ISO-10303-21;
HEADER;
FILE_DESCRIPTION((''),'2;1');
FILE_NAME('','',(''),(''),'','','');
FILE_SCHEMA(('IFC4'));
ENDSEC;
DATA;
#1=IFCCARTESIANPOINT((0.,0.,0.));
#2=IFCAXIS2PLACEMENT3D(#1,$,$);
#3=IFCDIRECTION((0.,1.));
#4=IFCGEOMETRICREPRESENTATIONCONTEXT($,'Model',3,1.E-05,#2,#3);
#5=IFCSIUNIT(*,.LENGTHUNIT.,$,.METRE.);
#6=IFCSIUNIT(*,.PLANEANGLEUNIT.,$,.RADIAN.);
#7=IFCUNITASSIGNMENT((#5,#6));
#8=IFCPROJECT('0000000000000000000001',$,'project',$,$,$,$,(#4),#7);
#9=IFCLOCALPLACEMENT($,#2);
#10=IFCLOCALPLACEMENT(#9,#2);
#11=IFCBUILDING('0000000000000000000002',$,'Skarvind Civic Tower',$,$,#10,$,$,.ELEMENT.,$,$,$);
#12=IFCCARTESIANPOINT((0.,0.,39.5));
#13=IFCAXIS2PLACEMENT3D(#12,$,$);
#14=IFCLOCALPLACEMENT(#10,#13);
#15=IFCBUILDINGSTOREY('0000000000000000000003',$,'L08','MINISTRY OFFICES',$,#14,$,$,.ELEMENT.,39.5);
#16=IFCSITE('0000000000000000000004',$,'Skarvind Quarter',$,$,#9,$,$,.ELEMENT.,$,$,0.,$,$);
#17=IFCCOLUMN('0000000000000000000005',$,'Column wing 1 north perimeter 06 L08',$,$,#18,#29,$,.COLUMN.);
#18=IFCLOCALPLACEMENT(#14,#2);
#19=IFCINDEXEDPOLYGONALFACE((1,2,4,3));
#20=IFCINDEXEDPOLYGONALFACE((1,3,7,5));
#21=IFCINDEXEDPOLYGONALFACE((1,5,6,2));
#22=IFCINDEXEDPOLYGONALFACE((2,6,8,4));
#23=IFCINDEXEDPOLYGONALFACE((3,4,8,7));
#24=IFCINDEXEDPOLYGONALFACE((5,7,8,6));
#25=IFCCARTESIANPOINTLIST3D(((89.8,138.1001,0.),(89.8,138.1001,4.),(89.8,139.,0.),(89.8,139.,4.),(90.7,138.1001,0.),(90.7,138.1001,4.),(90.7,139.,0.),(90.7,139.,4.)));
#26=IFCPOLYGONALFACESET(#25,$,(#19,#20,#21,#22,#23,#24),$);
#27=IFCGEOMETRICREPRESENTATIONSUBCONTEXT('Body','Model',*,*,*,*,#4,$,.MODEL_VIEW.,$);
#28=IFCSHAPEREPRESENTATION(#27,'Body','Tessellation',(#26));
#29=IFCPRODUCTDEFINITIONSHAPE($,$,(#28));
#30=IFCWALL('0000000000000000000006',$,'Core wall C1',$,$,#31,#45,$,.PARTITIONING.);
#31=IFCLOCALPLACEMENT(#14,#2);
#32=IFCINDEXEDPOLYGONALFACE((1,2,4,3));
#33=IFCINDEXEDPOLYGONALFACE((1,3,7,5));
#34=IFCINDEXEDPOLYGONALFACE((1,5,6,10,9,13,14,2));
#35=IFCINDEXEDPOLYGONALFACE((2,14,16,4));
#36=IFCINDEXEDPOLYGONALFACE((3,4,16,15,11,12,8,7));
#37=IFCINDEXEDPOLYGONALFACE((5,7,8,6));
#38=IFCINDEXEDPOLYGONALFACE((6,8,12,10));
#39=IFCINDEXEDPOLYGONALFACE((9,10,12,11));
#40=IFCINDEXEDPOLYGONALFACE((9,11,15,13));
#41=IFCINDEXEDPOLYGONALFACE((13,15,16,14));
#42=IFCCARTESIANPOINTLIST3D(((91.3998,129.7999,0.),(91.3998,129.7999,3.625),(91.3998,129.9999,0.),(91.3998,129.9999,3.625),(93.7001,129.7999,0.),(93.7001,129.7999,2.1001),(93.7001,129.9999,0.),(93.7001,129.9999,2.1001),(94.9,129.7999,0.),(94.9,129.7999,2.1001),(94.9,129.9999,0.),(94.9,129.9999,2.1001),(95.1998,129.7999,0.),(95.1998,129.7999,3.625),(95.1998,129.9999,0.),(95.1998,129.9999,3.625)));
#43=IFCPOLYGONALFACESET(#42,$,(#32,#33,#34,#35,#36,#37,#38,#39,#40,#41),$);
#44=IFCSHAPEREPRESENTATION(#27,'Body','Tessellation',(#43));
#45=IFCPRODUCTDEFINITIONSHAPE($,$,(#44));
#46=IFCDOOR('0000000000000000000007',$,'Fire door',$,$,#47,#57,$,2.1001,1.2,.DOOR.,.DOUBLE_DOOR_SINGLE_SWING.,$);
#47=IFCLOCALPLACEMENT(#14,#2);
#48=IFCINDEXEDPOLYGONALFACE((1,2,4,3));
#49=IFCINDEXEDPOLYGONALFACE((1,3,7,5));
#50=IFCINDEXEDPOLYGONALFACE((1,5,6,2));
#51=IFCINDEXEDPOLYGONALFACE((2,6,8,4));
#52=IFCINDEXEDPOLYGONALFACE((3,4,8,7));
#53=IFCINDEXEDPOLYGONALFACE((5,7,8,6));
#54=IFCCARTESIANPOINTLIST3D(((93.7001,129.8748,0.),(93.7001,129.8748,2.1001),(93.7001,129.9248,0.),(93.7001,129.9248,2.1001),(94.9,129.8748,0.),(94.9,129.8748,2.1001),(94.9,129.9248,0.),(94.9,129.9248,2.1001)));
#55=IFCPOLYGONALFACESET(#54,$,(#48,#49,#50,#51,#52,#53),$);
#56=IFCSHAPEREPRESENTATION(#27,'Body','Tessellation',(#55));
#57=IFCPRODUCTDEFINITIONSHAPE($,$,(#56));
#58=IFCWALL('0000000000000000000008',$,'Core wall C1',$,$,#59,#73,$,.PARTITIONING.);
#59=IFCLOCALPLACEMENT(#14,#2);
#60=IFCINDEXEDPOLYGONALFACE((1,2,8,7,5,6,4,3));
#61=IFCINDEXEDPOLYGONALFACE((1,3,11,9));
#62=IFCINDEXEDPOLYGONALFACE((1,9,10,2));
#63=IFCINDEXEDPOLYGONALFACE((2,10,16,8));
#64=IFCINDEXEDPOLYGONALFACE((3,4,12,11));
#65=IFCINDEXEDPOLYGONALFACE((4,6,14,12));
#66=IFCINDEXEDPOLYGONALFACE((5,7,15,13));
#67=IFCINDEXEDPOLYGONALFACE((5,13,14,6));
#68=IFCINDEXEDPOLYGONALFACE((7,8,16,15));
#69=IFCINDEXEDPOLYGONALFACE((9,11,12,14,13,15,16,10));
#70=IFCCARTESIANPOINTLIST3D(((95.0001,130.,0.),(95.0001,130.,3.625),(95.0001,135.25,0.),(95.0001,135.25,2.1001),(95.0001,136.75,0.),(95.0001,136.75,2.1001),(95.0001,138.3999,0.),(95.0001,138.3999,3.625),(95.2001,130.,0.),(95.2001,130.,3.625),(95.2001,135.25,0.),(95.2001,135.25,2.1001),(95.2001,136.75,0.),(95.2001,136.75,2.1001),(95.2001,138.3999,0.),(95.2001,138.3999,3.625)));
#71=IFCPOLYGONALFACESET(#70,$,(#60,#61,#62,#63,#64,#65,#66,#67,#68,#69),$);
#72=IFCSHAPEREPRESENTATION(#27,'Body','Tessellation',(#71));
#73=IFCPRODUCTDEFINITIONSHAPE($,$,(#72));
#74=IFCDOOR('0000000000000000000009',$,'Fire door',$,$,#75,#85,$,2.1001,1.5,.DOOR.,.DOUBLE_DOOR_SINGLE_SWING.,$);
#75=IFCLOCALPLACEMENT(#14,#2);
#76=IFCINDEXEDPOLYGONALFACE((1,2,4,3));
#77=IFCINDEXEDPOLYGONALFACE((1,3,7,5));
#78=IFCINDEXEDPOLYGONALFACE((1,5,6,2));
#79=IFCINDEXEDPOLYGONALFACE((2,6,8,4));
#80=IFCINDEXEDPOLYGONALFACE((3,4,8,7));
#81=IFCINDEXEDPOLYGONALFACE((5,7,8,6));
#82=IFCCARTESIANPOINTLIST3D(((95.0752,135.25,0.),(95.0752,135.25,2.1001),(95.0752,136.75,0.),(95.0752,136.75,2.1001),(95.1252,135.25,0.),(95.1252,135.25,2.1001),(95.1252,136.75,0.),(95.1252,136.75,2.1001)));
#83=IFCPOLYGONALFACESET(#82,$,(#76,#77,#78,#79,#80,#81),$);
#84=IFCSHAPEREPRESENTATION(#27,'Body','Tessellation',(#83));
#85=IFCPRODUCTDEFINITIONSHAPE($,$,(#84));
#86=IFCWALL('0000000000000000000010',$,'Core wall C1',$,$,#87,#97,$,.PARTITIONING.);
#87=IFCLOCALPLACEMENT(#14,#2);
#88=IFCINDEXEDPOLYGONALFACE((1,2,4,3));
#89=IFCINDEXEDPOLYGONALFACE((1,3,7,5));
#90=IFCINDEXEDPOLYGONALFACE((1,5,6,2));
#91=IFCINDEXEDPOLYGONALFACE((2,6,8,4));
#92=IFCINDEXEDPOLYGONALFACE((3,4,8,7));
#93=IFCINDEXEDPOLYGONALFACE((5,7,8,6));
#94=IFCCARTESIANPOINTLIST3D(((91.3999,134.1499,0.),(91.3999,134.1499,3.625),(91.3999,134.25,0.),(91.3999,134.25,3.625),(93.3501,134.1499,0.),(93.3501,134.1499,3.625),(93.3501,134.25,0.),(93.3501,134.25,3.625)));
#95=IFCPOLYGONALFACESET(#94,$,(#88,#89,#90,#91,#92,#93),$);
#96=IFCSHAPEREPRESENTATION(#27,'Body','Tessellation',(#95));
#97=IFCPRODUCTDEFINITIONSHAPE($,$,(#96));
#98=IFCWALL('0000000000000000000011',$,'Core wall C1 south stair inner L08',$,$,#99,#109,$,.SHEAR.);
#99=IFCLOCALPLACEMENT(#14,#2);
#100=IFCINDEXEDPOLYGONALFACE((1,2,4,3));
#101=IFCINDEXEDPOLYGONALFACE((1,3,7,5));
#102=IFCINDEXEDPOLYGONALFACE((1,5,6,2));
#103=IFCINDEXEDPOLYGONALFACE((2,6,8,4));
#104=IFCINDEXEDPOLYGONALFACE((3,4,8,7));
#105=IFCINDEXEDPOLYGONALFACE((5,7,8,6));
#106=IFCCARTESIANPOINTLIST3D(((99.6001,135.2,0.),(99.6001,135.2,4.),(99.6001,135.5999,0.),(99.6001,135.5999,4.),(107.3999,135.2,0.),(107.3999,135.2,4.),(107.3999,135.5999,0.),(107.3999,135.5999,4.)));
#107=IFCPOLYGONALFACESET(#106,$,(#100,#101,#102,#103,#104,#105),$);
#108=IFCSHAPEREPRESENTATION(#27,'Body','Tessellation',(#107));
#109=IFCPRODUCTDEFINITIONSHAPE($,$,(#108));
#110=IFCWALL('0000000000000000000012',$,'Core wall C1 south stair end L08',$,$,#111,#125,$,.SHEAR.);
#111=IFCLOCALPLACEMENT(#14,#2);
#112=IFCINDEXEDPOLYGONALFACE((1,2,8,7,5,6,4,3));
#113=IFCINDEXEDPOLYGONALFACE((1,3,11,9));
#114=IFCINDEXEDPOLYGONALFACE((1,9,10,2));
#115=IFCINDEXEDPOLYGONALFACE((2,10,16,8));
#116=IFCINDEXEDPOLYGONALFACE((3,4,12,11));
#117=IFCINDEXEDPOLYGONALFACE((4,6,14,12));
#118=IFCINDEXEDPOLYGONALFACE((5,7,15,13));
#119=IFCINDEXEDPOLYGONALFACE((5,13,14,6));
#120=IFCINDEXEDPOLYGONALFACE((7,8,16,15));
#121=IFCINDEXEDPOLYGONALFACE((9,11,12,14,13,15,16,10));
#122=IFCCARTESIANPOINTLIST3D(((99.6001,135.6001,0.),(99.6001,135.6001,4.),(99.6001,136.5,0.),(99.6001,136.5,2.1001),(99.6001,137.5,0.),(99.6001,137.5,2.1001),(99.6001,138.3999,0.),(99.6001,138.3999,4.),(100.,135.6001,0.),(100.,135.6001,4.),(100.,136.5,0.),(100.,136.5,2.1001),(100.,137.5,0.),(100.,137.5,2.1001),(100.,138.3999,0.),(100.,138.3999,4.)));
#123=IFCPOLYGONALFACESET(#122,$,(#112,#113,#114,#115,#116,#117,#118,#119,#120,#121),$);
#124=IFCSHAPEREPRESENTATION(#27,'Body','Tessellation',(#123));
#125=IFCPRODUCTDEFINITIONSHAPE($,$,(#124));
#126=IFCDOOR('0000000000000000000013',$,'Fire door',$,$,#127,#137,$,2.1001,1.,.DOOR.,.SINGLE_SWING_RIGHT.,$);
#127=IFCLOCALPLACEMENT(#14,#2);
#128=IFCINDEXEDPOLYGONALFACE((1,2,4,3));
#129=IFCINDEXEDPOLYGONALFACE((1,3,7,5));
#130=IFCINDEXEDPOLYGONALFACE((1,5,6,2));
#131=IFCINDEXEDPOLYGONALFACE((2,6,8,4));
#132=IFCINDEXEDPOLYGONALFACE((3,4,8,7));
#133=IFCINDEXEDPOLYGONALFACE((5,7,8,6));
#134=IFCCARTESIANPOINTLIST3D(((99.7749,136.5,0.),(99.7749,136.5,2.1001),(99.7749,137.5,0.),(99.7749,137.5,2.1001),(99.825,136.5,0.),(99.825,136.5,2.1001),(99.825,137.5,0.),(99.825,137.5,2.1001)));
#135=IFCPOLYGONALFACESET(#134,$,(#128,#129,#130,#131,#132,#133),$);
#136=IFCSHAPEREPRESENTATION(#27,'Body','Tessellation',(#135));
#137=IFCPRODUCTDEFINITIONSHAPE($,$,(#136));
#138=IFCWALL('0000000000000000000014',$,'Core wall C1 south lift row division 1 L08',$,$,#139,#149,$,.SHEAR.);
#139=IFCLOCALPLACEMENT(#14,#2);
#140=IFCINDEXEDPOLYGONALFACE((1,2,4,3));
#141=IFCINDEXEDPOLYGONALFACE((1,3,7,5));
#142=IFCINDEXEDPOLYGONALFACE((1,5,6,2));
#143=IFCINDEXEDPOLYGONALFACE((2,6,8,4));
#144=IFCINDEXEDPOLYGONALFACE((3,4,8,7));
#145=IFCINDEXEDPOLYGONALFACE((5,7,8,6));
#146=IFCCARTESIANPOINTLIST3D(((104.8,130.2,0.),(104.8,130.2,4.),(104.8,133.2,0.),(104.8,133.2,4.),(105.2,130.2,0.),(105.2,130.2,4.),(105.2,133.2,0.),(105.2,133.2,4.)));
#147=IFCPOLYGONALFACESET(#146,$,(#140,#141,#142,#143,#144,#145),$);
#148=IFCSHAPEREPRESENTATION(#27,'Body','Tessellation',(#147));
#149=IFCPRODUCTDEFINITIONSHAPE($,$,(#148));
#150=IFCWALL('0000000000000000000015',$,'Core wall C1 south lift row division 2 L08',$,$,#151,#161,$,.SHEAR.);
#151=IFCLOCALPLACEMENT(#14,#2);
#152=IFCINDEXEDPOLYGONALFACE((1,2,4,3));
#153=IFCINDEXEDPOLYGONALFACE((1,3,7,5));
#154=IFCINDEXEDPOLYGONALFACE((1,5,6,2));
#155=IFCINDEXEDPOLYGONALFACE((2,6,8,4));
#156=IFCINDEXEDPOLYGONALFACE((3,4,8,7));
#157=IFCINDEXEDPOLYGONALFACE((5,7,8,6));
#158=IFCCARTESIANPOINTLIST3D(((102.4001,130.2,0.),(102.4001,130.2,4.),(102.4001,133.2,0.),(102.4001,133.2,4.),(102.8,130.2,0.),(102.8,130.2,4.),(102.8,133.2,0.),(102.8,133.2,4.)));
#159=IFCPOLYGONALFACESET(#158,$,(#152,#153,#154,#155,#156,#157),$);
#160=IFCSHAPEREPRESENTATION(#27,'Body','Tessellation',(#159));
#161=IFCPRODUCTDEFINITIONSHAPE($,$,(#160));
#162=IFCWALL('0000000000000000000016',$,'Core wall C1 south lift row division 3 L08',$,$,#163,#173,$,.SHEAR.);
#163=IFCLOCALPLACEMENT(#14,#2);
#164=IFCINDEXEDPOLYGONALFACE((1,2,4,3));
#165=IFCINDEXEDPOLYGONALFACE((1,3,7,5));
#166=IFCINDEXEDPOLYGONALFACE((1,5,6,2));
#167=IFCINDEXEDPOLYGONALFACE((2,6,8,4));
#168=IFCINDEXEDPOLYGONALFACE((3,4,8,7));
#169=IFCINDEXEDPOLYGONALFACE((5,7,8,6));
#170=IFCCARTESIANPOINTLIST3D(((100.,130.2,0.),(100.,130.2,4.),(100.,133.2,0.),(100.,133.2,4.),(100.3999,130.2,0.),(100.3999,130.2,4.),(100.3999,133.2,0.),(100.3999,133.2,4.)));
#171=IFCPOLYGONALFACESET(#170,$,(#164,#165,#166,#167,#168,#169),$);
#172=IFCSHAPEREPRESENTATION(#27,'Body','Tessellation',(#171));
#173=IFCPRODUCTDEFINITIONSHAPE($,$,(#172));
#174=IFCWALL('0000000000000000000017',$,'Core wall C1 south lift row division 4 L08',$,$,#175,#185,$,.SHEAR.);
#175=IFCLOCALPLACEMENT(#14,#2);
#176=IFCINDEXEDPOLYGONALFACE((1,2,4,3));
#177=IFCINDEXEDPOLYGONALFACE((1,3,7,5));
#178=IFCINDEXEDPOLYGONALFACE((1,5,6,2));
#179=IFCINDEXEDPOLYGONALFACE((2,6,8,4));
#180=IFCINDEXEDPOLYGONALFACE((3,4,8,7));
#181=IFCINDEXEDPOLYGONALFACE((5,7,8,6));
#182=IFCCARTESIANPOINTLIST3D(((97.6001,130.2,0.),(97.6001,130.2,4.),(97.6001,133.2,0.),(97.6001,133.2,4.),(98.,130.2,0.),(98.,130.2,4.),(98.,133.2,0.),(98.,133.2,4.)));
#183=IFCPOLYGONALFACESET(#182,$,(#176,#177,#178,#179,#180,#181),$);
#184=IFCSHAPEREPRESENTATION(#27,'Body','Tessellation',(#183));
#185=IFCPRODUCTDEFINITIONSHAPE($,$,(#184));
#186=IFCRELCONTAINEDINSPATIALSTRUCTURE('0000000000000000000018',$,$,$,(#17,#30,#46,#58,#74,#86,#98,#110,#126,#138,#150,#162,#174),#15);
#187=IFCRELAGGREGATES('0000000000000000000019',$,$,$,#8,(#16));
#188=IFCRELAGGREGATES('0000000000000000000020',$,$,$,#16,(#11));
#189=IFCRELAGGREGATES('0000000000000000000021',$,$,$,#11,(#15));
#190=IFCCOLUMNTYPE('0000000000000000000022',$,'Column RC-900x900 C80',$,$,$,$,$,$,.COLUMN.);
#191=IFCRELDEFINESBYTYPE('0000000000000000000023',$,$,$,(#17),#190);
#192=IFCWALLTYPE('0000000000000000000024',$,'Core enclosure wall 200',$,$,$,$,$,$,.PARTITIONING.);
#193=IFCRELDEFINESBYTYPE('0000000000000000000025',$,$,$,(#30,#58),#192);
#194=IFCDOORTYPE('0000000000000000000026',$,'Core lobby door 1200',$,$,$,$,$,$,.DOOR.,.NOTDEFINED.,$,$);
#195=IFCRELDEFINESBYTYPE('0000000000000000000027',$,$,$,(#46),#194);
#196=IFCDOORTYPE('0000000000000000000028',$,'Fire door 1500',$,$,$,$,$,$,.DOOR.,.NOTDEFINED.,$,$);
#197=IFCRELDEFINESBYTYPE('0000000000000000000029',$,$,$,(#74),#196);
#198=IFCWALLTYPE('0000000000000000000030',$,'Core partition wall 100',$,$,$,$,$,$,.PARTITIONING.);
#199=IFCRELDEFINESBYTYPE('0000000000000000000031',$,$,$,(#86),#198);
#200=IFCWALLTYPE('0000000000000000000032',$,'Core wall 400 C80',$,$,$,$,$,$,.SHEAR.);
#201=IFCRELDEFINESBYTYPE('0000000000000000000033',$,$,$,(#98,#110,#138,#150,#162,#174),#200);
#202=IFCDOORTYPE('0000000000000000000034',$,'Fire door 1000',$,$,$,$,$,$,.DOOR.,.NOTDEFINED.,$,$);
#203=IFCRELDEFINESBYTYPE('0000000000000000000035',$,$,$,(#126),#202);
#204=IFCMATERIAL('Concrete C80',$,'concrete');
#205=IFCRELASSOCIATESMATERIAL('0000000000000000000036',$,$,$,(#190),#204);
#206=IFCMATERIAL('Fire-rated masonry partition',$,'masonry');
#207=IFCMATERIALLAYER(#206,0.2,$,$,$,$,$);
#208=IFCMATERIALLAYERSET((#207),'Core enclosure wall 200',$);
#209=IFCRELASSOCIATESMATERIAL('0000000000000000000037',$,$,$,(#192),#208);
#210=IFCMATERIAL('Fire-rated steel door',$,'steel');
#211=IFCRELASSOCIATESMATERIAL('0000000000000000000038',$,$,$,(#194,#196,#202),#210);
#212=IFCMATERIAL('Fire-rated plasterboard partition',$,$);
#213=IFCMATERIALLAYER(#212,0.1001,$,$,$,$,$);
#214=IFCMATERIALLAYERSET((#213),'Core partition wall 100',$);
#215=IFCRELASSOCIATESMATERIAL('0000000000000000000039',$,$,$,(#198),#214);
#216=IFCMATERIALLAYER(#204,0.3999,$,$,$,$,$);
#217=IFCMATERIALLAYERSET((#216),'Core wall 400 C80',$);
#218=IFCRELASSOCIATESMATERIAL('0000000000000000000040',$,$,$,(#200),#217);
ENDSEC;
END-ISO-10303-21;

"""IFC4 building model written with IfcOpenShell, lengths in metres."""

from ifc_helpers import new_model, si_unit, direction, frame, frame_2d, origin, origin_2d, place, context, subcontext, project, spatial, rectangle, extrude, material, layer, layer_set, material_profile, profile_set, type_object, element, fill, save


model = new_model("IFC4")

# Units and contexts
model_context = context("Model", 3, precision=1e-05, world=origin(), true_north=direction((0.0, 1.0)))
body_context = subcontext(model_context, "Body", "Model", "MODEL_VIEW")
ifc_project = project(units=[si_unit("LENGTHUNIT", "METRE"), si_unit("PLANEANGLEUNIT", "RADIAN")], contexts=[model_context])

# Site, building, storey
site_placement = place(None, origin())
site = spatial("IfcSite", under=ifc_project, at=site_placement, Name="Skarvind Quarter", CompositionType="ELEMENT", RefElevation=0.0)
building_placement = place(site_placement, origin())
building = spatial("IfcBuilding", under=site, at=building_placement, Name="Skarvind Civic Tower", CompositionType="ELEMENT")
storey_placement = place(building_placement, frame((0.0, 0.0, 39.5)))
storey = spatial("IfcBuildingStorey", under=building, at=storey_placement, Name="L08", Description="MINISTRY OFFICES", CompositionType="ELEMENT", Elevation=39.5)

# Column
ifc_material_1 = material(Name="Concrete C80", Category="concrete")
ifc_material_profile = material_profile(ifc_material_1, rectangle(XDim=0.8999, YDim=0.8999, at=origin_2d()), Name="RC-900x900")
ifc_profile_set = profile_set([ifc_material_profile], Name="Concrete C80")
column_type = type_object("IfcColumnType", Name="Column RC-900x900 C80", PredefinedType="COLUMN", material=ifc_profile_set)
column_placement = place(storey_placement, frame((90.25, 138.55, 0.0), z_axis=(0.0, 0.0, 1.0), x_axis=(1.0, 0.0, 0.0)))
element("IfcColumn", 1, at=column_placement, inside=storey, type_object=column_type, Name="Column wing 1 north perimeter 06 L08", PredefinedType="COLUMN", context=body_context, shape_type="SweptSolid", body=[
    extrude(rectangle(XDim=0.8999, YDim=0.8999, at=origin_2d()), origin(), (0.0, 0.0, 1.0), 4.0),
])

# Walls, openings, doors
ifc_material_2 = material(Name="Fire-rated masonry partition", Category="masonry")
ifc_layer_1 = layer(ifc_material_2, 0.2)
ifc_layer_set_1 = layer_set([ifc_layer_1], Name="Core enclosure wall 200")
wall_type_1 = type_object("IfcWallType", Name="Core enclosure wall 200", PredefinedType="PARTITIONING", material=ifc_layer_set_1)
wall_1_placement = place(storey_placement, frame((91.3999, 129.8999, 0.0), z_axis=(0.0, 0.0, 1.0), x_axis=(1.0, 0.0, 0.0)))
wall_1 = element("IfcWall", 2, at=wall_1_placement, inside=storey, type_object=wall_type_1, Name="Core wall C1", PredefinedType="PARTITIONING", context=body_context, shape_type="SweptSolid", body=[
    extrude(rectangle(XDim=3.8, YDim=0.2, at=frame_2d((1.8999, 0.0))), origin(), (0.0, 0.0, 1.0), 3.625),
])
opening_1_placement = place(wall_1_placement, frame((2.3, 0.0, 0.0)))
opening_1 = element("IfcOpeningElement", 3, at=opening_1_placement, cuts=wall_1, PredefinedType="OPENING", context=body_context, shape_type="SweptSolid", body=[
    extrude(rectangle(XDim=1.2, YDim=2.1001, at=frame_2d((0.6001, 1.05))), frame((0.0, 0.1099, 0.0), z_axis=(0.0, -1.0, 0.0), x_axis=(1.0, 0.0, 0.0)), (0.0, 0.0, 1.0), 0.22),
])
ifc_material_3 = material(Name="Fire-rated steel door", Category="steel")
door_type_1 = type_object("IfcDoorType", Name="Core lobby door 1200", OperationType="NOTDEFINED", PredefinedType="DOOR", material=ifc_material_3)
door_1_placement = place(opening_1_placement, origin())
door_1 = element("IfcDoor", 4, at=door_1_placement, inside=storey, type_object=door_type_1, Name="Fire door", OperationType="DOUBLE_DOOR_SINGLE_SWING", OverallHeight=2.1001, OverallWidth=1.2, PredefinedType="DOOR", context=body_context, shape_type="SweptSolid", body=[
    extrude(rectangle(XDim=1.2, YDim=2.1001, at=frame_2d((0.6001, 1.05))), frame((0.0, 0.0249, 0.0), z_axis=(0.0, -1.0, 0.0), x_axis=(1.0, 0.0, 0.0)), (0.0, 0.0, 1.0), 0.05),
])
fill(opening_1, door_1)
wall_2_placement = place(storey_placement, frame((95.1001, 130.0, 0.0), z_axis=(0.0, 0.0, 1.0), x_axis=(0.0, 1.0, 0.0)))
wall_2 = element("IfcWall", 5, at=wall_2_placement, inside=storey, type_object=wall_type_1, Name="Core wall C1", PredefinedType="PARTITIONING", context=body_context, shape_type="SweptSolid", body=[
    extrude(rectangle(XDim=8.3999, YDim=0.2, at=frame_2d((4.2, 0.0))), origin(), (0.0, 0.0, 1.0), 3.625),
])
opening_2_placement = place(wall_2_placement, frame((5.25, 0.0, 0.0)))
opening_2 = element("IfcOpeningElement", 6, at=opening_2_placement, cuts=wall_2, PredefinedType="OPENING", context=body_context, shape_type="SweptSolid", body=[
    extrude(rectangle(XDim=1.5, YDim=2.1001, at=frame_2d((0.75, 1.05))), frame((0.0, 0.1099, 0.0), z_axis=(0.0, -1.0, 0.0), x_axis=(1.0, 0.0, 0.0)), (0.0, 0.0, 1.0), 0.22),
])
door_type_2 = type_object("IfcDoorType", Name="Fire door 1500", OperationType="NOTDEFINED", PredefinedType="DOOR", material=ifc_material_3)
door_2_placement = place(opening_2_placement, origin())
door_2 = element("IfcDoor", 7, at=door_2_placement, inside=storey, type_object=door_type_2, Name="Fire door", OperationType="DOUBLE_DOOR_SINGLE_SWING", OverallHeight=2.1001, OverallWidth=1.5, PredefinedType="DOOR", context=body_context, shape_type="SweptSolid", body=[
    extrude(rectangle(XDim=1.5, YDim=2.1001, at=frame_2d((0.75, 1.05))), frame((0.0, 0.0249, 0.0), z_axis=(0.0, -1.0, 0.0), x_axis=(1.0, 0.0, 0.0)), (0.0, 0.0, 1.0), 0.05),
])
fill(opening_2, door_2)

# Walls
ifc_material_4 = material(Name="Fire-rated plasterboard partition")
ifc_layer_2 = layer(ifc_material_4, 0.1001)
ifc_layer_set_2 = layer_set([ifc_layer_2], Name="Core partition wall 100")
wall_type_2 = type_object("IfcWallType", Name="Core partition wall 100", PredefinedType="PARTITIONING", material=ifc_layer_set_2)
wall_3_placement = place(storey_placement, frame((91.3999, 134.2, 0.0), z_axis=(0.0, 0.0, 1.0), x_axis=(1.0, 0.0, 0.0)))
element("IfcWall", 8, at=wall_3_placement, inside=storey, type_object=wall_type_2, Name="Core wall C1", PredefinedType="PARTITIONING", context=body_context, shape_type="SweptSolid", body=[
    extrude(rectangle(XDim=1.9502, YDim=0.1001, at=frame_2d((0.9751, 0.0))), origin(), (0.0, 0.0, 1.0), 3.625),
])
ifc_layer_3 = layer(ifc_material_1, 0.3999)
ifc_layer_set_3 = layer_set([ifc_layer_3], Name="Core wall 400 C80")
wall_type_3 = type_object("IfcWallType", Name="Core wall 400 C80", PredefinedType="SHEAR", material=ifc_layer_set_3)
wall_4_placement = place(storey_placement, frame((107.3999, 135.3999, 0.0), z_axis=(0.0, 0.0, 1.0), x_axis=(-1.0, 0.0, 0.0)))
element("IfcWall", 9, at=wall_4_placement, inside=storey, type_object=wall_type_3, Name="Core wall C1 south stair inner L08", PredefinedType="SHEAR", context=body_context, shape_type="SweptSolid", body=[
    extrude(rectangle(XDim=7.7998, YDim=0.3999, at=frame_2d((3.8999, 0.0))), origin(), (0.0, 0.0, 1.0), 4.0),
])

# Wall, opening, door
wall_5_placement = place(storey_placement, frame((99.8, 138.3999, 0.0), z_axis=(0.0, 0.0, 1.0), x_axis=(0.0, -1.0, 0.0)))
wall_5 = element("IfcWall", 10, at=wall_5_placement, inside=storey, type_object=wall_type_3, Name="Core wall C1 south stair end L08", PredefinedType="SHEAR", context=body_context, shape_type="SweptSolid", body=[
    extrude(rectangle(XDim=2.7998, YDim=0.3999, at=frame_2d((1.3999, 0.0))), origin(), (0.0, 0.0, 1.0), 4.0),
])
opening_3_placement = place(wall_5_placement, frame((0.8999, 0.0, 0.0)))
opening_3 = element("IfcOpeningElement", 11, at=opening_3_placement, cuts=wall_5, PredefinedType="OPENING", context=body_context, shape_type="SweptSolid", body=[
    extrude(rectangle(XDim=1.0, YDim=2.1001, at=frame_2d((0.5, 1.05))), frame((0.0, 0.21, 0.0), z_axis=(0.0, -1.0, 0.0), x_axis=(1.0, 0.0, 0.0)), (0.0, 0.0, 1.0), 0.4199),
])
door_type_3 = type_object("IfcDoorType", Name="Fire door 1000", OperationType="NOTDEFINED", PredefinedType="DOOR", material=ifc_material_3)
door_3_placement = place(opening_3_placement, origin())
door_3 = element("IfcDoor", 12, at=door_3_placement, inside=storey, type_object=door_type_3, Name="Fire door", OperationType="SINGLE_SWING_RIGHT", OverallHeight=2.1001, OverallWidth=1.0, PredefinedType="DOOR", context=body_context, shape_type="SweptSolid", body=[
    extrude(rectangle(XDim=1.0, YDim=2.1001, at=frame_2d((0.5, 1.05))), frame((0.0, 0.0249, 0.0), z_axis=(0.0, -1.0, 0.0), x_axis=(1.0, 0.0, 0.0)), (0.0, 0.0, 1.0), 0.05),
])
fill(opening_3, door_3)

# Walls
for number, where, z_axis, x_axis, name in (
    (13, (105.0, 133.2, 0.0), (0.0, 0.0, 1.0), (0.0, -1.0, 0.0), "Core wall C1 south lift row division 1 L08"),
    (14, (102.6001, 133.2, 0.0), (0.0, 0.0, 1.0), (0.0, -1.0, 0.0), "Core wall C1 south lift row division 2 L08"),
    (15, (100.2, 133.2, 0.0), (0.0, 0.0, 1.0), (0.0, -1.0, 0.0), "Core wall C1 south lift row division 3 L08"),
    (16, (97.8, 133.2, 0.0), (0.0, 0.0, 1.0), (0.0, -1.0, 0.0), "Core wall C1 south lift row division 4 L08"),
):
    element("IfcWall", number, at=place(storey_placement, frame(where, z_axis=z_axis, x_axis=x_axis)), inside=storey, type_object=wall_type_3, Name=name, PredefinedType="SHEAR", context=body_context, shape_type="SweptSolid", body=[
        extrude(rectangle(XDim=3.0, YDim=0.3999, at=frame_2d((1.5, 0.0))), origin(), (0.0, 0.0, 1.0), 4.0),
    ])

save(model, "model.ifc")
